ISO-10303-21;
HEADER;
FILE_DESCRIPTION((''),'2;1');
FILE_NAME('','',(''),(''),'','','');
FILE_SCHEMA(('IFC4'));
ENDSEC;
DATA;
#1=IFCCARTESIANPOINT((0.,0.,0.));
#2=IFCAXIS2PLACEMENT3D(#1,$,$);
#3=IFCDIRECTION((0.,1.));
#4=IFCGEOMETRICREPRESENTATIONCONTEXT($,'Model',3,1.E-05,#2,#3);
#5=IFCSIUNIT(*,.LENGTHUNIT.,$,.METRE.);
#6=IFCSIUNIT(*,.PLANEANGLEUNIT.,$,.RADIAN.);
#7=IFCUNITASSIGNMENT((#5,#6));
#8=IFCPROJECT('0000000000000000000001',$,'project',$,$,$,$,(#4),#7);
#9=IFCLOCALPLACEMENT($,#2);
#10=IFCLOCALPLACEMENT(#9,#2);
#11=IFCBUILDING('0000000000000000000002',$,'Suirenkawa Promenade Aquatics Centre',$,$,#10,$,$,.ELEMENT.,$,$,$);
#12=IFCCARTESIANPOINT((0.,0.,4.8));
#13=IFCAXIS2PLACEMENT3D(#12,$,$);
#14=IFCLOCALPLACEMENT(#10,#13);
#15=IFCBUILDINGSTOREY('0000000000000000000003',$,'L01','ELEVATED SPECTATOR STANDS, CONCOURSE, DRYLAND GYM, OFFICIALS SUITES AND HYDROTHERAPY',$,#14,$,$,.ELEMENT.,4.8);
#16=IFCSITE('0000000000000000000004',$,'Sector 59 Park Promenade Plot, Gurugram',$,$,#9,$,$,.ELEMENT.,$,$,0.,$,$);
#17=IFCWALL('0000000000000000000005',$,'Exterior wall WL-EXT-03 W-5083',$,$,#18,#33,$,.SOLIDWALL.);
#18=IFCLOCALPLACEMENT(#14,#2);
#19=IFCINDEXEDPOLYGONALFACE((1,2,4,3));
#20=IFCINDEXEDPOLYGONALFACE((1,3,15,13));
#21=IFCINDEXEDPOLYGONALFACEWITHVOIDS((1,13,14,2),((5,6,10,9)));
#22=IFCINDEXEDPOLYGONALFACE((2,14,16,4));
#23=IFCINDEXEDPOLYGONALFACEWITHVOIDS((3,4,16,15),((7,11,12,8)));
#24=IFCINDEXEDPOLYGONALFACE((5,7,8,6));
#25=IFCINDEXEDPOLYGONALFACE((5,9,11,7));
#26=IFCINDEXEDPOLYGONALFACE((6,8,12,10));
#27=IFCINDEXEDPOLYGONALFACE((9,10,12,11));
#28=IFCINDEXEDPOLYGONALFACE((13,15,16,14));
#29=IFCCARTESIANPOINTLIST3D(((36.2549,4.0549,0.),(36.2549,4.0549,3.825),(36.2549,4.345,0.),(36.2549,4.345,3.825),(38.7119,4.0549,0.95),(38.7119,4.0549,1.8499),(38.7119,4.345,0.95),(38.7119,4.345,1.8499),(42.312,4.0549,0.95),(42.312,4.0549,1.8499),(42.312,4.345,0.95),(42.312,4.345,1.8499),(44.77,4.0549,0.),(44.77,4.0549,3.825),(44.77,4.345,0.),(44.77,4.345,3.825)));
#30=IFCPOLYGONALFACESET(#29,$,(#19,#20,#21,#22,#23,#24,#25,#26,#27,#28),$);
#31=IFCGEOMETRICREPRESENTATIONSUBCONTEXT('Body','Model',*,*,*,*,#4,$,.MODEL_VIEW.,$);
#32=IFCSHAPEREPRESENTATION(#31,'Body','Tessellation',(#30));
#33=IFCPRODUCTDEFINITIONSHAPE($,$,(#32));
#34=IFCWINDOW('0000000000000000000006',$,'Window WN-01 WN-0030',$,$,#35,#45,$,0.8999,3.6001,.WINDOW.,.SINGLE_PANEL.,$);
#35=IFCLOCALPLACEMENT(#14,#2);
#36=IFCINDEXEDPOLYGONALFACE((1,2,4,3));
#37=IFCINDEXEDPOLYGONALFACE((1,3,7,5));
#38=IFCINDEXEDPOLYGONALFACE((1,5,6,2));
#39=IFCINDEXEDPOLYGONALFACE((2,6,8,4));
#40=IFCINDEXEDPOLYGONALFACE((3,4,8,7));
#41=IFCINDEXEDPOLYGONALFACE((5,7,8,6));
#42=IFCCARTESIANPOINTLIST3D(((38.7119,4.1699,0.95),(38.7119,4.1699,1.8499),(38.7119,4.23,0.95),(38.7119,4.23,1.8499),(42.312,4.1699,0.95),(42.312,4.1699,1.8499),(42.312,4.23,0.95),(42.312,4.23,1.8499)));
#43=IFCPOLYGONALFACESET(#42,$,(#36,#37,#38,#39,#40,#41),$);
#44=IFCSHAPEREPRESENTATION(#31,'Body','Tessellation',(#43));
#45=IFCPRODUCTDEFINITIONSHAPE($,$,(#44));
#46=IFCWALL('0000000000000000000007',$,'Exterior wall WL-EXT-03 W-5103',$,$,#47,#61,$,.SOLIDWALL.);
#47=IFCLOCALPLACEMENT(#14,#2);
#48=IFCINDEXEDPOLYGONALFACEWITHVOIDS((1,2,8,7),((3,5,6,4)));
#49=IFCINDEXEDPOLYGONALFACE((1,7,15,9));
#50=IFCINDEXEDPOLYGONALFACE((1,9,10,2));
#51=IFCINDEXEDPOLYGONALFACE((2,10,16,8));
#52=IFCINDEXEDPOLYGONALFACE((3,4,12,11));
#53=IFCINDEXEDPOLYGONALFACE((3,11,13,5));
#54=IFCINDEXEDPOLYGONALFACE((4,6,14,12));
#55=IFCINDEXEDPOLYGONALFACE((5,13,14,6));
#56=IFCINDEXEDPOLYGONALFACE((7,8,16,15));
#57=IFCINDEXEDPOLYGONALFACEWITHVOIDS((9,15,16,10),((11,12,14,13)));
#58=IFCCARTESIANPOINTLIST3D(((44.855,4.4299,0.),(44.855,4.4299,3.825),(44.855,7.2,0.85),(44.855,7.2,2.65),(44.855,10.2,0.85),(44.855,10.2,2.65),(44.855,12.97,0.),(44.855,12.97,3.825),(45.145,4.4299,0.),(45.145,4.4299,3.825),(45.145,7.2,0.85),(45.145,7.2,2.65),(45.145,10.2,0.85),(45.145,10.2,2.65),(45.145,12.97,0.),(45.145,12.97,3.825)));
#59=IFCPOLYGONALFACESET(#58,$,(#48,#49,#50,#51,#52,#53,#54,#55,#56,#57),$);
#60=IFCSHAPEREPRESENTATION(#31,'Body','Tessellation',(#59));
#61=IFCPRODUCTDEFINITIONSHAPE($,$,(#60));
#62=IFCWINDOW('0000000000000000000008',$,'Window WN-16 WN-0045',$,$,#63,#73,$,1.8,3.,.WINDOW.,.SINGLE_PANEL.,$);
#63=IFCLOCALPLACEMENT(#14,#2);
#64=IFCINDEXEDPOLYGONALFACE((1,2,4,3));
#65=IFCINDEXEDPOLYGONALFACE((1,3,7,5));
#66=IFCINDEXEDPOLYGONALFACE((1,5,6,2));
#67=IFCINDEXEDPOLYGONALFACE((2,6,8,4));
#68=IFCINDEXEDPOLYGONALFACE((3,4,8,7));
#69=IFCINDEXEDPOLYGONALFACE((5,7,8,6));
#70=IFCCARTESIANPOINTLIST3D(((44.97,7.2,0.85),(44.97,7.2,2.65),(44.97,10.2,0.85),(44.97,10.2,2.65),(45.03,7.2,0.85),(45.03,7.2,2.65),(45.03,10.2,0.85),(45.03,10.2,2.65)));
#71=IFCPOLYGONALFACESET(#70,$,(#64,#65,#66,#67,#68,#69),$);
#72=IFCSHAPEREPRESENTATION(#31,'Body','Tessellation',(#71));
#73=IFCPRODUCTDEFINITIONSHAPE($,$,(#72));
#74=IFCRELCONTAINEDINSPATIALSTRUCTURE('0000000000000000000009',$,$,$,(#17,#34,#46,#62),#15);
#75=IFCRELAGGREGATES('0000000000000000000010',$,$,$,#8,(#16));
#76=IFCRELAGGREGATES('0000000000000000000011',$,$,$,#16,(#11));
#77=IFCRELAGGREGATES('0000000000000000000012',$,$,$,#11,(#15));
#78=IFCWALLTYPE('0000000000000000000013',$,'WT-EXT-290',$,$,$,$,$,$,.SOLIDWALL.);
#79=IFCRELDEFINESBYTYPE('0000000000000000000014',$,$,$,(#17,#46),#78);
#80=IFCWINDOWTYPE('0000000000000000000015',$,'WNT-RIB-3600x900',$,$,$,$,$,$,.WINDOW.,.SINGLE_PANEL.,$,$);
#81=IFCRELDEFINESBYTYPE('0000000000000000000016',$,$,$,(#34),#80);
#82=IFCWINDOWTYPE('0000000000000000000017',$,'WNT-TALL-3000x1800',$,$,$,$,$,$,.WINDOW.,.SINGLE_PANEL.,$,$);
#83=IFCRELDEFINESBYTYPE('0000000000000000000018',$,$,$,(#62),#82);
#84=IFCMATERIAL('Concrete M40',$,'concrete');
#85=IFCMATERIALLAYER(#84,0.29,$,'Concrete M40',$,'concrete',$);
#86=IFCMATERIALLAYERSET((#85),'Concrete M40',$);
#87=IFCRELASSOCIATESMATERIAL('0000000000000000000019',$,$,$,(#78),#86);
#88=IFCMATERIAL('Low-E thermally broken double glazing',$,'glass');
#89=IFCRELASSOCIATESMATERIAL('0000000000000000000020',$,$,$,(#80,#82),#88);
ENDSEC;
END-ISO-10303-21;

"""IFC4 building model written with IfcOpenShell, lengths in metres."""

from ifc_helpers import new_model, si_unit, direction, frame, frame_2d, origin, place, context, subcontext, project, spatial, rectangle, extrude, material, layer, layer_set, type_object, element, fill, save


model = new_model("IFC4")

# Units and contexts
model_context = context("Model", 3, precision=1e-05, world=origin(), true_north=direction((0.0, 1.0)))
body_context = subcontext(model_context, "Body", "Model", "MODEL_VIEW")
ifc_project = project(units=[si_unit("LENGTHUNIT", "METRE"), si_unit("PLANEANGLEUNIT", "RADIAN")], contexts=[model_context])

# Site, building, storey
site_placement = place(None, origin())
site = spatial("IfcSite", under=ifc_project, at=site_placement, Name="Sector 59 Park Promenade Plot, Gurugram", CompositionType="ELEMENT", RefElevation=0.0)
building_placement = place(site_placement, origin())
building = spatial("IfcBuilding", under=site, at=building_placement, Name="Suirenkawa Promenade Aquatics Centre", CompositionType="ELEMENT")
storey_placement = place(building_placement, frame((0.0, 0.0, 4.8)))
storey = spatial("IfcBuildingStorey", under=building, at=storey_placement, Name="L01", Description="ELEVATED SPECTATOR STANDS, CONCOURSE, DRYLAND GYM, OFFICIALS SUITES AND HYDROTHERAPY", CompositionType="ELEMENT", Elevation=4.8)

# Shared definitions
ifc_material_1 = material(Name="Concrete M40", Category="concrete")

# Shared definitions
ifc_material_2 = material(Name="Low-E thermally broken double glazing", Category="glass")

# Walls, openings, windows
ifc_layer_1 = layer(ifc_material_1, 0.29, Name="Concrete M40", Category="concrete")
ifc_layer_set_1 = layer_set([ifc_layer_1], Name="Concrete M40")
wall_type = type_object("IfcWallType", Name="WT-EXT-290", PredefinedType="SOLIDWALL", material=ifc_layer_set_1)
wall_1_placement = place(storey_placement, frame((44.77, 4.2, 0.0), z_axis=(0.0, 0.0, 1.0), x_axis=(-1.0, 0.0, 0.0)))
wall_1 = element("IfcWall", 1, at=wall_1_placement, inside=storey, type_object=wall_type, Name="Exterior wall WL-EXT-03 W-5083", PredefinedType="SOLIDWALL", context=body_context, shape_type="SweptSolid", body=[
    extrude(rectangle(XDim=8.5151, YDim=0.29, at=frame_2d((4.2576, 0.0))), origin(), (0.0, 0.0, 1.0), 3.825),
])
opening_1_placement = place(wall_1_placement, frame((2.458, 0.0, 0.95)))
opening_1 = element("IfcOpeningElement", 2, at=opening_1_placement, cuts=wall_1, PredefinedType="OPENING", context=body_context, shape_type="SweptSolid", body=[
    extrude(rectangle(XDim=3.6001, YDim=0.8999, at=frame_2d((1.8, 0.45))), frame((0.0, 0.155, 0.0), z_axis=(0.0, -1.0, 0.0), x_axis=(1.0, 0.0, 0.0)), (0.0, 0.0, 1.0), 0.3101),
])
window_type_1 = type_object("IfcWindowType", Name="WNT-RIB-3600x900", PartitioningType="SINGLE_PANEL", PredefinedType="WINDOW", material=ifc_material_2)
window_1_placement = place(opening_1_placement, origin())
window_1 = element("IfcWindow", 3, at=window_1_placement, inside=storey, type_object=window_type_1, Name="Window WN-01 WN-0030", OverallHeight=0.8999, OverallWidth=3.6001, PartitioningType="SINGLE_PANEL", PredefinedType="WINDOW", context=body_context, shape_type="SweptSolid", body=[
    extrude(rectangle(XDim=3.6001, YDim=0.8999, at=frame_2d((1.8, 0.45))), frame((0.0, 0.03, 0.0), z_axis=(0.0, -1.0, 0.0), x_axis=(1.0, 0.0, 0.0)), (0.0, 0.0, 1.0), 0.0601),
])
fill(opening_1, window_1)
wall_2_placement = place(storey_placement, frame((45.0, 12.97, 0.0), z_axis=(0.0, 0.0, 1.0), x_axis=(0.0, -1.0, 0.0)))
wall_2 = element("IfcWall", 4, at=wall_2_placement, inside=storey, type_object=wall_type, Name="Exterior wall WL-EXT-03 W-5103", PredefinedType="SOLIDWALL", context=body_context, shape_type="SweptSolid", body=[
    extrude(rectangle(XDim=8.54, YDim=0.29, at=frame_2d((4.27, 0.0))), origin(), (0.0, 0.0, 1.0), 3.825),
])
opening_2_placement = place(wall_2_placement, frame((2.77, 0.0, 0.8501)))
opening_2 = element("IfcOpeningElement", 5, at=opening_2_placement, cuts=wall_2, PredefinedType="OPENING", context=body_context, shape_type="SweptSolid", body=[
    extrude(rectangle(XDim=3.0, YDim=1.8, at=frame_2d((1.5, 0.8999))), frame((0.0, 0.155, 0.0), z_axis=(0.0, -1.0, 0.0), x_axis=(1.0, 0.0, 0.0)), (0.0, 0.0, 1.0), 0.3101),
])
window_type_2 = type_object("IfcWindowType", Name="WNT-TALL-3000x1800", PartitioningType="SINGLE_PANEL", PredefinedType="WINDOW", material=ifc_material_2)
window_2_placement = place(opening_2_placement, origin())
window_2 = element("IfcWindow", 6, at=window_2_placement, inside=storey, type_object=window_type_2, Name="Window WN-16 WN-0045", OverallHeight=1.8, OverallWidth=3.0, PartitioningType="SINGLE_PANEL", PredefinedType="WINDOW", context=body_context, shape_type="SweptSolid", body=[
    extrude(rectangle(XDim=3.0, YDim=1.8, at=frame_2d((1.5, 0.8999))), frame((0.0, 0.03, 0.0), z_axis=(0.0, -1.0, 0.0), x_axis=(1.0, 0.0, 0.0)), (0.0, 0.0, 1.0), 0.0601),
])
fill(opening_2, window_2)

save(model, "model.ifc")
